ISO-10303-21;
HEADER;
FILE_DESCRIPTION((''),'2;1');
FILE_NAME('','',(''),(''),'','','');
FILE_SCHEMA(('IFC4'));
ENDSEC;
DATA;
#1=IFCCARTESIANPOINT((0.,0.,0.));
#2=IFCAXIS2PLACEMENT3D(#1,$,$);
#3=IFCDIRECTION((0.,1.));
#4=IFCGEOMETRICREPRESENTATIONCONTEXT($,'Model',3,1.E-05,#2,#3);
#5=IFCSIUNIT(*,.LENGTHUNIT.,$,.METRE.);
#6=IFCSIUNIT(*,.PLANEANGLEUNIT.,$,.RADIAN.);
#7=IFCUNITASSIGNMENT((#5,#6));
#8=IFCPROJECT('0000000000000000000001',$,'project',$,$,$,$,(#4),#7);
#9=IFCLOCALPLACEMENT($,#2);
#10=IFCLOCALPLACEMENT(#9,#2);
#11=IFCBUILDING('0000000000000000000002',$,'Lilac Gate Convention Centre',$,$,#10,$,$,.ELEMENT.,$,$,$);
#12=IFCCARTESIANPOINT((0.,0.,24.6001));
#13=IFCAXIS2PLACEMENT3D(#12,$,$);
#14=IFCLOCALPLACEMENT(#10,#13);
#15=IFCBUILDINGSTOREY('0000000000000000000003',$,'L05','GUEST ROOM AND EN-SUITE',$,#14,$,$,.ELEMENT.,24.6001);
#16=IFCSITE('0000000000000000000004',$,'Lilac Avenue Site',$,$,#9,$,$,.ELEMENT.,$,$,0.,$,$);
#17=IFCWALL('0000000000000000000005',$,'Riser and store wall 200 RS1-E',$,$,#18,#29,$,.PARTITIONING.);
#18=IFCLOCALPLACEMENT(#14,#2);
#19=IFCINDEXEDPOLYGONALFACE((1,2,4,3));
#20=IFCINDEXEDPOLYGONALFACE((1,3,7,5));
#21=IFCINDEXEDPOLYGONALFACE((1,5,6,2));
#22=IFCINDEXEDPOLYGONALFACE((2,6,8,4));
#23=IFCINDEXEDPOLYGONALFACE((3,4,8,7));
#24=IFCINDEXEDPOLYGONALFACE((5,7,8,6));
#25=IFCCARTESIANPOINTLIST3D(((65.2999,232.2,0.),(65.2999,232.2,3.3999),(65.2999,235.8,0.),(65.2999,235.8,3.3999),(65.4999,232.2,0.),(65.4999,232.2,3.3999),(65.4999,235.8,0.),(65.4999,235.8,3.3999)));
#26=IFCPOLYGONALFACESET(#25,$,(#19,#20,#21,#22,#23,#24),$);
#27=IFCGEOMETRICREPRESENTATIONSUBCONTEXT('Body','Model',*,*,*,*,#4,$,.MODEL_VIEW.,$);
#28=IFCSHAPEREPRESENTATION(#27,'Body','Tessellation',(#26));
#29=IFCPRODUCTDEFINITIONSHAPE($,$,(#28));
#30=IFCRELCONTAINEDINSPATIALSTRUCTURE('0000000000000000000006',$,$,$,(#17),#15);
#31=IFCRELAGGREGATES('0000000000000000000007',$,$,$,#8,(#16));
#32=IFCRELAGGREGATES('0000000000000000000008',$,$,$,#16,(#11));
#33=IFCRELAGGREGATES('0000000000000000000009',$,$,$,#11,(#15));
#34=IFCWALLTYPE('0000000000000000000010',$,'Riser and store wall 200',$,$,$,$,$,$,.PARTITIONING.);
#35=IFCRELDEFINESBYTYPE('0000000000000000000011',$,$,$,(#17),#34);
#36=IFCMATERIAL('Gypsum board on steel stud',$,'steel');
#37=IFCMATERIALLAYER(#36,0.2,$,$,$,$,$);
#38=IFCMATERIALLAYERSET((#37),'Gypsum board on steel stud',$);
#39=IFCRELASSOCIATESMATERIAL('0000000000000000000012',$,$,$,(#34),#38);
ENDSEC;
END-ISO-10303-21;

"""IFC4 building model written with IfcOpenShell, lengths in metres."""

from ifc_helpers import new_model, si_unit, direction, frame, frame_2d, origin, place, context, subcontext, project, spatial, rectangle, extrude, material, layer, layer_set, type_object, element, save


model = new_model("IFC4")

# Units and contexts
model_context = context("Model", 3, precision=1e-05, world=origin(), true_north=direction((0.0, 1.0)))
body_context = subcontext(model_context, "Body", "Model", "MODEL_VIEW")
ifc_project = project(units=[si_unit("LENGTHUNIT", "METRE"), si_unit("PLANEANGLEUNIT", "RADIAN")], contexts=[model_context])

# Site, building, storey
site_placement = place(None, origin())
site = spatial("IfcSite", under=ifc_project, at=site_placement, Name="Lilac Avenue Site", CompositionType="ELEMENT", RefElevation=0.0)
building_placement = place(site_placement, origin())
building = spatial("IfcBuilding", under=site, at=building_placement, Name="Lilac Gate Convention Centre", CompositionType="ELEMENT")
storey_placement = place(building_placement, frame((0.0, 0.0, 24.6001)))
storey = spatial("IfcBuildingStorey", under=building, at=storey_placement, Name="L05", Description="GUEST ROOM AND EN-SUITE", CompositionType="ELEMENT", Elevation=24.6001)

# Shared definitions
ifc_material_1 = material(Name="Gypsum board on steel stud", Category="steel")
ifc_layer_1 = layer(ifc_material_1, 0.2)
ifc_layer_set_1 = layer_set([ifc_layer_1], Name="Gypsum board on steel stud")
wall_type_1 = type_object("IfcWallType", Name="Riser and store wall 200", PredefinedType="PARTITIONING", material=ifc_layer_set_1)

# Wall
wall_1_placement = place(storey_placement, frame((65.3999, 232.2, 0.0), z_axis=(0.0, 0.0, 1.0), x_axis=(0.0, 1.0, 0.0)))
element("IfcWall", 1, at=wall_1_placement, inside=storey, type_object=wall_type_1, Name="Riser and store wall 200 RS1-E", PredefinedType="PARTITIONING", context=body_context, shape_type="SweptSolid", body=[
    extrude(rectangle(XDim=3.6001, YDim=0.2, at=frame_2d((1.8, 0.0))), origin(), (0.0, 0.0, 1.0), 3.3999),
])

save(model, "model.ifc")
